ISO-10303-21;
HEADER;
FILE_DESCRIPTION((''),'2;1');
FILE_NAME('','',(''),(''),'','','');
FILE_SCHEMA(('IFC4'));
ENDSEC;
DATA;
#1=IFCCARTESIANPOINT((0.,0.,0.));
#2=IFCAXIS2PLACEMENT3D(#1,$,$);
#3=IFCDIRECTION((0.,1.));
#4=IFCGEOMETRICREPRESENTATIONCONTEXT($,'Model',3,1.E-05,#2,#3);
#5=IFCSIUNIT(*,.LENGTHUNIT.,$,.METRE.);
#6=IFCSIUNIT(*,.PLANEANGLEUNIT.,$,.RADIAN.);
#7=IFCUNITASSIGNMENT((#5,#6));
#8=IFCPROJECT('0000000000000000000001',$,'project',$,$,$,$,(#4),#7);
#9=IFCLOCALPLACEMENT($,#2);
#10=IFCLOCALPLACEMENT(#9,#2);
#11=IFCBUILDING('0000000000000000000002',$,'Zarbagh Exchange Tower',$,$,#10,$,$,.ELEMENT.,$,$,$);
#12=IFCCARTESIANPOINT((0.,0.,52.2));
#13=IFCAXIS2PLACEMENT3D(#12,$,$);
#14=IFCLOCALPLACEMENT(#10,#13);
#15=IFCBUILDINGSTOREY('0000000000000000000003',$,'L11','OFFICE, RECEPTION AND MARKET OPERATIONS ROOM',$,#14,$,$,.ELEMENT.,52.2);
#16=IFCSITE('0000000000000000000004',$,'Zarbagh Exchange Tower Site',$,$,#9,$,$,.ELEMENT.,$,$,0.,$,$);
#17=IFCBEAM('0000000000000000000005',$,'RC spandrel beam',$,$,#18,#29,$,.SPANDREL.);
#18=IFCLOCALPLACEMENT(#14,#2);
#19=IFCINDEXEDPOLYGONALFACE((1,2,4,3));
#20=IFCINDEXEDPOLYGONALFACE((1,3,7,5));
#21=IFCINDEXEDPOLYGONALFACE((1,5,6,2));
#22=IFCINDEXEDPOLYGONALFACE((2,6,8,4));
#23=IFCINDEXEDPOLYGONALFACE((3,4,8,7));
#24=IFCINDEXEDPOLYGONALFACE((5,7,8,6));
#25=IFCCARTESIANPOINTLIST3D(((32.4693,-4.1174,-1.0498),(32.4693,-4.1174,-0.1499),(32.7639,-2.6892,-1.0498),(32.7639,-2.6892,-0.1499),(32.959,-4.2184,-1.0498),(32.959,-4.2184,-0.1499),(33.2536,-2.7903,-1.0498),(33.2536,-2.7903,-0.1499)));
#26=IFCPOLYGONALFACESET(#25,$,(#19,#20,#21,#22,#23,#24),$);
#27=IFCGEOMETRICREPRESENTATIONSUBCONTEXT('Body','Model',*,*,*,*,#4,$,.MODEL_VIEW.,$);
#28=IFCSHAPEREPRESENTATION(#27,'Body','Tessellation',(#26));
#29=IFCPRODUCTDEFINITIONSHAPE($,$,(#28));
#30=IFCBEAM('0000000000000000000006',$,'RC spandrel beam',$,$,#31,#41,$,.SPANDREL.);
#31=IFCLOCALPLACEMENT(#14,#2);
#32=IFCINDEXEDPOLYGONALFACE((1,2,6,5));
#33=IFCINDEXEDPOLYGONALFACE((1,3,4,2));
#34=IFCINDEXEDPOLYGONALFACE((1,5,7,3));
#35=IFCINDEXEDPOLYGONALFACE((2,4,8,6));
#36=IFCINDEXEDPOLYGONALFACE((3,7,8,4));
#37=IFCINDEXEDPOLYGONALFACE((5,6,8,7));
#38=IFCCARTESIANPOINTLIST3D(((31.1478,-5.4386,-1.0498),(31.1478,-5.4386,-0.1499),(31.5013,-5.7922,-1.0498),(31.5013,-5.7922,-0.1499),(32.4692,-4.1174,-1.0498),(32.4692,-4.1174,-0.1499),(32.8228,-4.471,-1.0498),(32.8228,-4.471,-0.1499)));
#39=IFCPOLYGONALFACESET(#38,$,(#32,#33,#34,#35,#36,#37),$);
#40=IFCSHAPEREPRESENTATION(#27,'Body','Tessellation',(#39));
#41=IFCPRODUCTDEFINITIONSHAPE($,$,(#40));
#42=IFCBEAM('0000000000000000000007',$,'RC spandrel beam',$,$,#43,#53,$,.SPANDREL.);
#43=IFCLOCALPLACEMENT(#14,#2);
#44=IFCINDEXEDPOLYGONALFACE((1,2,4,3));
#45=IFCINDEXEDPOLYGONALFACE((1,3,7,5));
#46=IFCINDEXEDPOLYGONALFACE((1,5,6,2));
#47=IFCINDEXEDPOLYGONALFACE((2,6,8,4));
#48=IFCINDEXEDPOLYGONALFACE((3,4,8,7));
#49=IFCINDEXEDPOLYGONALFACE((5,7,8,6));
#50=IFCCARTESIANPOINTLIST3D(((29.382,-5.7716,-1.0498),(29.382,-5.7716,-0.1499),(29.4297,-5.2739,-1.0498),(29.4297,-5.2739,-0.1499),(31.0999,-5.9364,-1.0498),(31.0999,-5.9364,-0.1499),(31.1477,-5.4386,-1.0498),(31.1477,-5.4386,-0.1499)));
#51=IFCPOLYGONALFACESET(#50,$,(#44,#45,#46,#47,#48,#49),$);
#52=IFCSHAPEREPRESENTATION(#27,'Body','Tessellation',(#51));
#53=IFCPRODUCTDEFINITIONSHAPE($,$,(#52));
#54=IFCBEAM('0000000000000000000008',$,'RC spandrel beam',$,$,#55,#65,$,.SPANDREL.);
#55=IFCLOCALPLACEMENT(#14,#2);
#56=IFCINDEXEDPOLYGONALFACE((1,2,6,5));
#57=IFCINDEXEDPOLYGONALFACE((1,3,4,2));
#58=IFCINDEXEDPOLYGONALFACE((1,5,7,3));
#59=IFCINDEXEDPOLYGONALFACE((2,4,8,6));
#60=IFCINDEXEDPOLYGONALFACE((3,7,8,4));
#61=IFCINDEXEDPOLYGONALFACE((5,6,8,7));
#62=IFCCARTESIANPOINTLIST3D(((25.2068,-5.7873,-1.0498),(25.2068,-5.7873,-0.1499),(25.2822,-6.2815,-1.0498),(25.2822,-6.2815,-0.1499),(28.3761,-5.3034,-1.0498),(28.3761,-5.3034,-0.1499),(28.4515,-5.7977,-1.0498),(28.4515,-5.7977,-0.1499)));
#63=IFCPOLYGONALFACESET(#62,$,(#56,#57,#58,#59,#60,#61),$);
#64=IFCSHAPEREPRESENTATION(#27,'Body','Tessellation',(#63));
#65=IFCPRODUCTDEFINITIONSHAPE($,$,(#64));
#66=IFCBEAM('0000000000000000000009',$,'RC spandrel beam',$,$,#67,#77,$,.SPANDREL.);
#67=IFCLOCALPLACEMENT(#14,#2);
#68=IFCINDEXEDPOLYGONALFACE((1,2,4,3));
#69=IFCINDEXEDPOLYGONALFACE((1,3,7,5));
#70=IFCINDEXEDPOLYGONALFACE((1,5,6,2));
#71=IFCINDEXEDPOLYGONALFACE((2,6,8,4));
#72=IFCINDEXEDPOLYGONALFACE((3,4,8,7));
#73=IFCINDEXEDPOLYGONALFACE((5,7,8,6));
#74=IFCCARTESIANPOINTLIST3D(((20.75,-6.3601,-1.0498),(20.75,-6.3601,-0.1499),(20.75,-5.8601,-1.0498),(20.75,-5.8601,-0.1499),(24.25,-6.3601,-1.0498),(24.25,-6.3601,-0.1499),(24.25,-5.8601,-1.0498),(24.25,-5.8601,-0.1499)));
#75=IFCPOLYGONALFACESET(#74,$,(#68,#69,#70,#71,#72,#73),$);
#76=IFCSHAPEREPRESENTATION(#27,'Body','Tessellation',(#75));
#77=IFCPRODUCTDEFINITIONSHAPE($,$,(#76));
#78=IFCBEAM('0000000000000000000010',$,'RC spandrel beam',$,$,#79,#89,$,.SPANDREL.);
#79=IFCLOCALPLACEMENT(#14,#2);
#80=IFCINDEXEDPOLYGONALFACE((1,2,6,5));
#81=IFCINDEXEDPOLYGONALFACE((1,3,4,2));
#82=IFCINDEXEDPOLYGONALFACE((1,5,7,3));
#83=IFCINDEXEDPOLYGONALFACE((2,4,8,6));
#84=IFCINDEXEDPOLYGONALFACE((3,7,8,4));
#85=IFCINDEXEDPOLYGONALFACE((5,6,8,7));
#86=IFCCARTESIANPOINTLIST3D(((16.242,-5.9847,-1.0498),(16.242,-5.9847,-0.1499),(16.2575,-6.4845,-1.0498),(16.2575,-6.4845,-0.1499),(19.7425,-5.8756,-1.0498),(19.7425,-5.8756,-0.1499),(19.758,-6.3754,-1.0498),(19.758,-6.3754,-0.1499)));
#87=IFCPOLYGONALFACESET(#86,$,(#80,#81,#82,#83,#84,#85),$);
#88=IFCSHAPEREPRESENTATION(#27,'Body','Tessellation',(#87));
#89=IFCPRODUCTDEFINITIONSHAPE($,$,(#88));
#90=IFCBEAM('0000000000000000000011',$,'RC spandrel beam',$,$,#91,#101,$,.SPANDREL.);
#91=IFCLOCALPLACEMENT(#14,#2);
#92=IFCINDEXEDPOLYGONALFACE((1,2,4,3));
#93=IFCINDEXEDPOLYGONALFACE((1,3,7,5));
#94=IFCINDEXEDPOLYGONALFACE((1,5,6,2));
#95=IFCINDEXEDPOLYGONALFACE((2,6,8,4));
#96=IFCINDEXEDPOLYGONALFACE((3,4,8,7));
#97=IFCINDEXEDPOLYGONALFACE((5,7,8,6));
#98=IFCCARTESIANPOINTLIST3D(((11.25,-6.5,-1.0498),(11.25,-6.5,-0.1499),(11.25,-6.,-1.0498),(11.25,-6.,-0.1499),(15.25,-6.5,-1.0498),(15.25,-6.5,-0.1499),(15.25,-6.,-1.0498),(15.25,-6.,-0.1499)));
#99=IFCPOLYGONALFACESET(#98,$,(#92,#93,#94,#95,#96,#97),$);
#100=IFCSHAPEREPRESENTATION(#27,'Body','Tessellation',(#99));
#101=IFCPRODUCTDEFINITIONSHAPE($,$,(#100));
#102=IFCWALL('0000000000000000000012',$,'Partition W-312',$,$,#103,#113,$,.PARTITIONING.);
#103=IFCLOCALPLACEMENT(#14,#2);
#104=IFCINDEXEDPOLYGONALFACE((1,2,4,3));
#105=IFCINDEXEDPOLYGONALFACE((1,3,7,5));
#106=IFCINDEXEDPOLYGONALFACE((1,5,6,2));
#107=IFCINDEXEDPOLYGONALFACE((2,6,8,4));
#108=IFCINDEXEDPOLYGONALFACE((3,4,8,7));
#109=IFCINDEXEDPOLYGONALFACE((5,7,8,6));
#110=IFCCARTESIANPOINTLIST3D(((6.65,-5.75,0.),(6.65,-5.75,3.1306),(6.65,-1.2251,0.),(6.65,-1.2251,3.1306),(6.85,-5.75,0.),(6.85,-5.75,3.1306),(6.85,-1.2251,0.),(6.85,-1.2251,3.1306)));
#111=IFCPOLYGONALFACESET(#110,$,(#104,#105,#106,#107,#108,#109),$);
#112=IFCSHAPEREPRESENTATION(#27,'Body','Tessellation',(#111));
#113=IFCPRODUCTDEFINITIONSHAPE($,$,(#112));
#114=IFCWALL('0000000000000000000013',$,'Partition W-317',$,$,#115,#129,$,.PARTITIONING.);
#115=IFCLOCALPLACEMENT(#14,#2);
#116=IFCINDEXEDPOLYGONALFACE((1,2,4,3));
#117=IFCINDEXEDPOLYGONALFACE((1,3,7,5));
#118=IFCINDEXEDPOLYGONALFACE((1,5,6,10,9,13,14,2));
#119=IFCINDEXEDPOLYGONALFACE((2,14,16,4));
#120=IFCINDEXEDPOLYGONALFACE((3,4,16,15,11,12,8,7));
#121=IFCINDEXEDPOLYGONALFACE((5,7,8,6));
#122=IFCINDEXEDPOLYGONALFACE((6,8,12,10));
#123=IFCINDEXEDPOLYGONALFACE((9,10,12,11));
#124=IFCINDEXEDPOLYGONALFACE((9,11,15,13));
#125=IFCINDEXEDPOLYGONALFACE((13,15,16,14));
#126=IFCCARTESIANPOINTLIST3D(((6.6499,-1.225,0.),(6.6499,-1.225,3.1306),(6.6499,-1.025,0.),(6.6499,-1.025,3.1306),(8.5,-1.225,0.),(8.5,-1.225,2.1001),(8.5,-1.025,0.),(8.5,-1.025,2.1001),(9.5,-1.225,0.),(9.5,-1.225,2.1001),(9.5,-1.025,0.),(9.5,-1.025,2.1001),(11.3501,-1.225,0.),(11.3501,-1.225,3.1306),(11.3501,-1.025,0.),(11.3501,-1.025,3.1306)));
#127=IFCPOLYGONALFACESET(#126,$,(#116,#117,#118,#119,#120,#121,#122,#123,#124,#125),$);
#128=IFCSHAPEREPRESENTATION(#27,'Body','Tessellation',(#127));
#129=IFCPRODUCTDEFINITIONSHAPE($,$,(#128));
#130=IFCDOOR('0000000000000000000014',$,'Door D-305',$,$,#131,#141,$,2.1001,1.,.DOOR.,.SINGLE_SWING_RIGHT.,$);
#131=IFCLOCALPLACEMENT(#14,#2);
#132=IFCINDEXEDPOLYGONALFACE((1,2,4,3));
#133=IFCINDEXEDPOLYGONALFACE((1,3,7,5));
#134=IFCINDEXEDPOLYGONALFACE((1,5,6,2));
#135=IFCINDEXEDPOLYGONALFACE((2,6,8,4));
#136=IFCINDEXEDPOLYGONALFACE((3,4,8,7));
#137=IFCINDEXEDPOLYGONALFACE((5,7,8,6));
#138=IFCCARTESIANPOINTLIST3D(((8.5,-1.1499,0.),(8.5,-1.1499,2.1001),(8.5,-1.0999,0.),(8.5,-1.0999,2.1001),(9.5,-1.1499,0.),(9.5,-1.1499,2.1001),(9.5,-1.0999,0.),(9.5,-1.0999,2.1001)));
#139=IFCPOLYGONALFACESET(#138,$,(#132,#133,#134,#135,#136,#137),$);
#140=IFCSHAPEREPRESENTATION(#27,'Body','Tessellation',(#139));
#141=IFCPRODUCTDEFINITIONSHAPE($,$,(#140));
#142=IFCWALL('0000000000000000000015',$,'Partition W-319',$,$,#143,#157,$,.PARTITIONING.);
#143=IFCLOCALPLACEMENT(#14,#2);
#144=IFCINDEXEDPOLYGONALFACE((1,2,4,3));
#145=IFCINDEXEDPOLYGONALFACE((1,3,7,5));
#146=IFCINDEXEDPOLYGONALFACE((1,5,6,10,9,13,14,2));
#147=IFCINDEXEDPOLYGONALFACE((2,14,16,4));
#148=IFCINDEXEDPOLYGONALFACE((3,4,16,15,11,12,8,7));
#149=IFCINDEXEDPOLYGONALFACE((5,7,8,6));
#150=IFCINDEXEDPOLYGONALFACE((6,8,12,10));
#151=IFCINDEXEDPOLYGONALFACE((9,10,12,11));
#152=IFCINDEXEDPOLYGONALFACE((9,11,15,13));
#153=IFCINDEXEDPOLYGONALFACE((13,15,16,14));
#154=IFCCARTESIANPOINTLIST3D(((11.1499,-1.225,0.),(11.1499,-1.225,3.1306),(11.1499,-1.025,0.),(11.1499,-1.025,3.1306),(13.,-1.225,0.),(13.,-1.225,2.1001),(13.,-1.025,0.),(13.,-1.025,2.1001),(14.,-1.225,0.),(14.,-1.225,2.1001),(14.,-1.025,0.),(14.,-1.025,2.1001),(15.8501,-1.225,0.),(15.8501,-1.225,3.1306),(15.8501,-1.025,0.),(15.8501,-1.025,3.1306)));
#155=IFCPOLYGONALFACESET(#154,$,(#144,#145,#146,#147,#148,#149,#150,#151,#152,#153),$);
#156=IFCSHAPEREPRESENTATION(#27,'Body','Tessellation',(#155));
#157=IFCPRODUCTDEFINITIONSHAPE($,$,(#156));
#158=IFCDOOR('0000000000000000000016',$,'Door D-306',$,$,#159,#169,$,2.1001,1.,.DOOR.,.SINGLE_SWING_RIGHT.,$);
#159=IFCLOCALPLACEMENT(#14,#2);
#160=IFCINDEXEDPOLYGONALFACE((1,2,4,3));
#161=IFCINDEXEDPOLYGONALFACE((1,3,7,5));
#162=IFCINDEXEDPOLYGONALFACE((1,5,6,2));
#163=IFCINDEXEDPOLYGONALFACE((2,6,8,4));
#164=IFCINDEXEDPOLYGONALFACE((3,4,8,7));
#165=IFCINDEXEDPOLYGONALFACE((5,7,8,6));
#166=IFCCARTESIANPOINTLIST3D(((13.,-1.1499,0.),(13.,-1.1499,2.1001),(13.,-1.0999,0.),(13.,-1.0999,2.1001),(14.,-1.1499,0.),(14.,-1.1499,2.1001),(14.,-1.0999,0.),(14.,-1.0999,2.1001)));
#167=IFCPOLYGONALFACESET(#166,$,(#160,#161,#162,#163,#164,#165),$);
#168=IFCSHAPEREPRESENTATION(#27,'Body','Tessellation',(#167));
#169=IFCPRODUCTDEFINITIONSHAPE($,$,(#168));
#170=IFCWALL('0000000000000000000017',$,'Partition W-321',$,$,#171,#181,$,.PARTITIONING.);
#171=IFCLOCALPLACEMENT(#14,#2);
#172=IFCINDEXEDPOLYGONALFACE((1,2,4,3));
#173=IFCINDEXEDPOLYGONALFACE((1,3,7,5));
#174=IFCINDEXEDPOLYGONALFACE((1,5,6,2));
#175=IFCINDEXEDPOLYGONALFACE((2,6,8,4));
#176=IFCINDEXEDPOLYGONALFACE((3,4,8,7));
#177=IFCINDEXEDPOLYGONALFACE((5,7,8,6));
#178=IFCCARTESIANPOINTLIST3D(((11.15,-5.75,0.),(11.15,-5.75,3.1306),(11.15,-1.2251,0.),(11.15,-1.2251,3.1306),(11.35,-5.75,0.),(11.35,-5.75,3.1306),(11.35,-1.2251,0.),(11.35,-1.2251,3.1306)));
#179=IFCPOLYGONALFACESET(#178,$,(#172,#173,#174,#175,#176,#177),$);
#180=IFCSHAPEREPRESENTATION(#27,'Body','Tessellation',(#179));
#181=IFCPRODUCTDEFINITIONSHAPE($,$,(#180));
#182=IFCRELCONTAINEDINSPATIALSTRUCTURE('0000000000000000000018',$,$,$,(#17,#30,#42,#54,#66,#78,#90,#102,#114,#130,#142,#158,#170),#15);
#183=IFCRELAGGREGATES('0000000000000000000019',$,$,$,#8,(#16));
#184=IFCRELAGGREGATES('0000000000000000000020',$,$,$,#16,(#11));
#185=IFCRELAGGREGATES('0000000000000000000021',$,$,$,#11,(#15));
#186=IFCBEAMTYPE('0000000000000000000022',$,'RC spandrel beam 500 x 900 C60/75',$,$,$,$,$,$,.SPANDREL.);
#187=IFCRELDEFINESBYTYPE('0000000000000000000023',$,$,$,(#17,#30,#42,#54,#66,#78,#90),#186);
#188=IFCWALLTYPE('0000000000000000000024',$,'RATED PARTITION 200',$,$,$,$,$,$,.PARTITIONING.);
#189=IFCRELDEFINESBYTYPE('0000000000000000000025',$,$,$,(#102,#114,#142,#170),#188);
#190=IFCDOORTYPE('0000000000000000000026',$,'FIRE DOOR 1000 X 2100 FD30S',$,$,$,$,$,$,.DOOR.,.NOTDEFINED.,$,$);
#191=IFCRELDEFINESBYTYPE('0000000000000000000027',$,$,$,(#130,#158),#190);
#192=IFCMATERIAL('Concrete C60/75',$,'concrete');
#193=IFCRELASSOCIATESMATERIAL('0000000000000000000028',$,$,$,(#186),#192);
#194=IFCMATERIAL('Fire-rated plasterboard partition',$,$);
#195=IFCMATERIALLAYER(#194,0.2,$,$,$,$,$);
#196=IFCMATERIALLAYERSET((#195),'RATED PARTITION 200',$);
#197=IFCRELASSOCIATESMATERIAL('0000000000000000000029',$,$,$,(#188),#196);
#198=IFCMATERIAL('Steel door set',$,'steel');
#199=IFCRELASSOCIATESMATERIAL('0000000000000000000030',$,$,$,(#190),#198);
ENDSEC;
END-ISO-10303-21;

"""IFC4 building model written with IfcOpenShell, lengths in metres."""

from ifc_helpers import new_model, si_unit, direction, frame, frame_2d, origin, origin_2d, place, context, subcontext, project, spatial, rectangle, extrude, material, layer, layer_set, material_profile, profile_set, type_object, element, fill, save


model = new_model("IFC4")

# Units and contexts
model_context = context("Model", 3, precision=1e-05, world=origin(), true_north=direction((0.0, 1.0)))
body_context = subcontext(model_context, "Body", "Model", "MODEL_VIEW")
ifc_project = project(units=[si_unit("LENGTHUNIT", "METRE"), si_unit("PLANEANGLEUNIT", "RADIAN")], contexts=[model_context])

# Site, building, storey
site_placement = place(None, origin())
site = spatial("IfcSite", under=ifc_project, at=site_placement, Name="Zarbagh Exchange Tower Site", CompositionType="ELEMENT", RefElevation=0.0)
building_placement = place(site_placement, origin())
building = spatial("IfcBuilding", under=site, at=building_placement, Name="Zarbagh Exchange Tower", CompositionType="ELEMENT")
storey_placement = place(building_placement, frame((0.0, 0.0, 52.2)))
storey = spatial("IfcBuildingStorey", under=building, at=storey_placement, Name="L11", Description="OFFICE, RECEPTION AND MARKET OPERATIONS ROOM", CompositionType="ELEMENT", Elevation=52.2)

# Shared definitions
ifc_material_1 = material(Name="Concrete C60/75", Category="concrete")

# Beams
ifc_material_profile_1 = material_profile(ifc_material_1, rectangle(XDim=0.5, YDim=0.8999, at=origin_2d()), Name="RC spandrel beam 500 x 900 C60/75")
ifc_profile_set_1 = profile_set([ifc_material_profile_1], Name="Concrete C60/75")
beam_type_1 = type_object("IfcBeamType", Name="RC spandrel beam 500 x 900 C60/75", PredefinedType="SPANDREL", material=ifc_profile_set_1)
beam_1_placement = place(storey_placement, frame((33.0088, -2.7397, -0.5999), z_axis=(-0.202069, -0.979371, 0.0), x_axis=(0.979371, -0.202069, 0.0)))
element("IfcBeam", 1, at=beam_1_placement, inside=storey, type_object=beam_type_1, Name="RC spandrel beam", PredefinedType="SPANDREL", context=body_context, shape_type="SweptSolid", body=[
    extrude(rectangle(XDim=0.5, YDim=0.8999, at=origin_2d()), origin(), (0.0, 0.0, 1.0), 1.4583),
])
beam_2_placement = place(storey_placement, frame((32.646, -4.2942, -0.5999), z_axis=(-0.707172, -0.707041, 0.0), x_axis=(0.707041, -0.707172, 0.0)))
element("IfcBeam", 2, at=beam_2_placement, inside=storey, type_object=beam_type_1, Name="RC spandrel beam", PredefinedType="SPANDREL", context=body_context, shape_type="SweptSolid", body=[
    extrude(rectangle(XDim=0.5, YDim=0.8999, at=origin_2d()), origin(), (0.0, 0.0, 1.0), 1.8687),
])
beam_3_placement = place(storey_placement, frame((31.1238, -5.6875, -0.5999), z_axis=(-0.995431, 0.095483, 0.0), x_axis=(-0.095483, -0.995431, 0.0)))
element("IfcBeam", 3, at=beam_3_placement, inside=storey, type_object=beam_type_1, Name="RC spandrel beam", PredefinedType="SPANDREL", context=body_context, shape_type="SweptSolid", body=[
    extrude(rectangle(XDim=0.5, YDim=0.8999, at=origin_2d()), origin(), (0.0, 0.0, 1.0), 1.7258),
])
beam_4_placement = place(storey_placement, frame((28.4138, -5.5505, -0.5999), z_axis=(-0.988545, -0.150924, 0.0), x_axis=(0.150924, -0.988545, 0.0)))
element("IfcBeam", 4, at=beam_4_placement, inside=storey, type_object=beam_type_1, Name="RC spandrel beam", PredefinedType="SPANDREL", context=body_context, shape_type="SweptSolid", body=[
    extrude(rectangle(XDim=0.5, YDim=0.8999, at=origin_2d()), origin(), (0.0, 0.0, 1.0), 3.2061),
])
beam_5_placement = place(storey_placement, frame((24.25, -6.1101, -0.5999), z_axis=(-1.0, 0.0, 0.0), x_axis=(0.0, -1.0, 0.0)))
element("IfcBeam", 5, at=beam_5_placement, inside=storey, type_object=beam_type_1, Name="RC spandrel beam", PredefinedType="SPANDREL", context=body_context, shape_type="SweptSolid", body=[
    extrude(rectangle(XDim=0.5, YDim=0.8999, at=origin_2d()), origin(), (0.0, 0.0, 1.0), 3.5),
])
beam_6_placement = place(storey_placement, frame((19.7502, -6.1255, -0.5999), z_axis=(-0.999514, -0.031161, 0.0), x_axis=(0.031161, -0.999514, 0.0)))
element("IfcBeam", 6, at=beam_6_placement, inside=storey, type_object=beam_type_1, Name="RC spandrel beam", PredefinedType="SPANDREL", context=body_context, shape_type="SweptSolid", body=[
    extrude(rectangle(XDim=0.5, YDim=0.8999, at=origin_2d()), origin(), (0.0, 0.0, 1.0), 3.5022),
])
beam_7_placement = place(storey_placement, frame((15.25, -6.25, -0.5999), z_axis=(-1.0, 0.0, 0.0), x_axis=(0.0, -1.0, 0.0)))
element("IfcBeam", 7, at=beam_7_placement, inside=storey, type_object=beam_type_1, Name="RC spandrel beam", PredefinedType="SPANDREL", context=body_context, shape_type="SweptSolid", body=[
    extrude(rectangle(XDim=0.5, YDim=0.8999, at=origin_2d()), origin(), (0.0, 0.0, 1.0), 4.0),
])

# Wall
ifc_material_2 = material(Name="Fire-rated plasterboard partition")
ifc_layer = layer(ifc_material_2, 0.2)
ifc_layer_set = layer_set([ifc_layer], Name="RATED PARTITION 200")
wall_type = type_object("IfcWallType", Name="RATED PARTITION 200", PredefinedType="PARTITIONING", material=ifc_layer_set)
wall_1_placement = place(storey_placement, frame((6.75, -5.75, 0.0), z_axis=(0.0, 0.0, 1.0), x_axis=(0.0, 1.0, 0.0)))
element("IfcWall", 8, at=wall_1_placement, inside=storey, type_object=wall_type, Name="Partition W-312", PredefinedType="PARTITIONING", context=body_context, shape_type="SweptSolid", body=[
    extrude(rectangle(XDim=4.5249, YDim=0.2, at=frame_2d((2.2625, 0.0))), origin(), (0.0, 0.0, 1.0), 3.1306),
])

# Walls, openings, doors
wall_2_placement = place(storey_placement, frame((11.3501, -1.125, 0.0), z_axis=(0.0, 0.0, 1.0), x_axis=(-1.0, 0.0, 0.0)))
wall_2 = element("IfcWall", 9, at=wall_2_placement, inside=storey, type_object=wall_type, Name="Partition W-317", PredefinedType="PARTITIONING", context=body_context, shape_type="SweptSolid", body=[
    extrude(rectangle(XDim=4.7002, YDim=0.2, at=frame_2d((2.3501, 0.0))), origin(), (0.0, 0.0, 1.0), 3.1306),
])
opening_1_placement = place(wall_2_placement, frame((1.8501, 0.0, 0.0)))
opening_1 = element("IfcOpeningElement", 10, at=opening_1_placement, cuts=wall_2, PredefinedType="OPENING", context=body_context, shape_type="SweptSolid", body=[
    extrude(rectangle(XDim=1.0, YDim=2.1001, at=frame_2d((0.5, 1.05))), frame((0.0, 0.1099, 0.0), z_axis=(0.0, -1.0, 0.0), x_axis=(1.0, 0.0, 0.0)), (0.0, 0.0, 1.0), 0.22),
])
ifc_material_3 = material(Name="Steel door set", Category="steel")
door_type = type_object("IfcDoorType", Name="FIRE DOOR 1000 X 2100 FD30S", OperationType="NOTDEFINED", PredefinedType="DOOR", material=ifc_material_3)
door_1_placement = place(opening_1_placement, origin())
door_1 = element("IfcDoor", 11, at=door_1_placement, inside=storey, type_object=door_type, Name="Door D-305", OperationType="SINGLE_SWING_RIGHT", OverallHeight=2.1001, OverallWidth=1.0, PredefinedType="DOOR", context=body_context, shape_type="SweptSolid", body=[
    extrude(rectangle(XDim=1.0, YDim=2.1001, at=frame_2d((0.5, 1.05))), frame((0.0, 0.0249, 0.0), z_axis=(0.0, -1.0, 0.0), x_axis=(1.0, 0.0, 0.0)), (0.0, 0.0, 1.0), 0.05),
])
fill(opening_1, door_1)
wall_3_placement = place(storey_placement, frame((15.8501, -1.125, 0.0), z_axis=(0.0, 0.0, 1.0), x_axis=(-1.0, 0.0, 0.0)))
wall_3 = element("IfcWall", 12, at=wall_3_placement, inside=storey, type_object=wall_type, Name="Partition W-319", PredefinedType="PARTITIONING", context=body_context, shape_type="SweptSolid", body=[
    extrude(rectangle(XDim=4.7002, YDim=0.2, at=frame_2d((2.3501, 0.0))), origin(), (0.0, 0.0, 1.0), 3.1306),
])
opening_2_placement = place(wall_3_placement, frame((1.8501, 0.0, 0.0)))
opening_2 = element("IfcOpeningElement", 13, at=opening_2_placement, cuts=wall_3, PredefinedType="OPENING", context=body_context, shape_type="SweptSolid", body=[
    extrude(rectangle(XDim=1.0, YDim=2.1001, at=frame_2d((0.5, 1.05))), frame((0.0, 0.1099, 0.0), z_axis=(0.0, -1.0, 0.0), x_axis=(1.0, 0.0, 0.0)), (0.0, 0.0, 1.0), 0.22),
])
door_2_placement = place(opening_2_placement, origin())
door_2 = element("IfcDoor", 14, at=door_2_placement, inside=storey, type_object=door_type, Name="Door D-306", OperationType="SINGLE_SWING_RIGHT", OverallHeight=2.1001, OverallWidth=1.0, PredefinedType="DOOR", context=body_context, shape_type="SweptSolid", body=[
    extrude(rectangle(XDim=1.0, YDim=2.1001, at=frame_2d((0.5, 1.05))), frame((0.0, 0.0249, 0.0), z_axis=(0.0, -1.0, 0.0), x_axis=(1.0, 0.0, 0.0)), (0.0, 0.0, 1.0), 0.05),
])
fill(opening_2, door_2)

# Wall
for number, where, z_axis, x_axis, name in (
    (15, (11.25, -5.75, 0.0), (0.0, 0.0, 1.0), (0.0, 1.0, 0.0), "Partition W-321"),
):
    element("IfcWall", number, at=place(storey_placement, frame(where, z_axis=z_axis, x_axis=x_axis)), inside=storey, type_object=wall_type, Name=name, PredefinedType="PARTITIONING", context=body_context, shape_type="SweptSolid", body=[
        extrude(rectangle(XDim=4.5249, YDim=0.2, at=frame_2d((2.2625, 0.0))), origin(), (0.0, 0.0, 1.0), 3.1306),
    ])

save(model, "model.ifc")
